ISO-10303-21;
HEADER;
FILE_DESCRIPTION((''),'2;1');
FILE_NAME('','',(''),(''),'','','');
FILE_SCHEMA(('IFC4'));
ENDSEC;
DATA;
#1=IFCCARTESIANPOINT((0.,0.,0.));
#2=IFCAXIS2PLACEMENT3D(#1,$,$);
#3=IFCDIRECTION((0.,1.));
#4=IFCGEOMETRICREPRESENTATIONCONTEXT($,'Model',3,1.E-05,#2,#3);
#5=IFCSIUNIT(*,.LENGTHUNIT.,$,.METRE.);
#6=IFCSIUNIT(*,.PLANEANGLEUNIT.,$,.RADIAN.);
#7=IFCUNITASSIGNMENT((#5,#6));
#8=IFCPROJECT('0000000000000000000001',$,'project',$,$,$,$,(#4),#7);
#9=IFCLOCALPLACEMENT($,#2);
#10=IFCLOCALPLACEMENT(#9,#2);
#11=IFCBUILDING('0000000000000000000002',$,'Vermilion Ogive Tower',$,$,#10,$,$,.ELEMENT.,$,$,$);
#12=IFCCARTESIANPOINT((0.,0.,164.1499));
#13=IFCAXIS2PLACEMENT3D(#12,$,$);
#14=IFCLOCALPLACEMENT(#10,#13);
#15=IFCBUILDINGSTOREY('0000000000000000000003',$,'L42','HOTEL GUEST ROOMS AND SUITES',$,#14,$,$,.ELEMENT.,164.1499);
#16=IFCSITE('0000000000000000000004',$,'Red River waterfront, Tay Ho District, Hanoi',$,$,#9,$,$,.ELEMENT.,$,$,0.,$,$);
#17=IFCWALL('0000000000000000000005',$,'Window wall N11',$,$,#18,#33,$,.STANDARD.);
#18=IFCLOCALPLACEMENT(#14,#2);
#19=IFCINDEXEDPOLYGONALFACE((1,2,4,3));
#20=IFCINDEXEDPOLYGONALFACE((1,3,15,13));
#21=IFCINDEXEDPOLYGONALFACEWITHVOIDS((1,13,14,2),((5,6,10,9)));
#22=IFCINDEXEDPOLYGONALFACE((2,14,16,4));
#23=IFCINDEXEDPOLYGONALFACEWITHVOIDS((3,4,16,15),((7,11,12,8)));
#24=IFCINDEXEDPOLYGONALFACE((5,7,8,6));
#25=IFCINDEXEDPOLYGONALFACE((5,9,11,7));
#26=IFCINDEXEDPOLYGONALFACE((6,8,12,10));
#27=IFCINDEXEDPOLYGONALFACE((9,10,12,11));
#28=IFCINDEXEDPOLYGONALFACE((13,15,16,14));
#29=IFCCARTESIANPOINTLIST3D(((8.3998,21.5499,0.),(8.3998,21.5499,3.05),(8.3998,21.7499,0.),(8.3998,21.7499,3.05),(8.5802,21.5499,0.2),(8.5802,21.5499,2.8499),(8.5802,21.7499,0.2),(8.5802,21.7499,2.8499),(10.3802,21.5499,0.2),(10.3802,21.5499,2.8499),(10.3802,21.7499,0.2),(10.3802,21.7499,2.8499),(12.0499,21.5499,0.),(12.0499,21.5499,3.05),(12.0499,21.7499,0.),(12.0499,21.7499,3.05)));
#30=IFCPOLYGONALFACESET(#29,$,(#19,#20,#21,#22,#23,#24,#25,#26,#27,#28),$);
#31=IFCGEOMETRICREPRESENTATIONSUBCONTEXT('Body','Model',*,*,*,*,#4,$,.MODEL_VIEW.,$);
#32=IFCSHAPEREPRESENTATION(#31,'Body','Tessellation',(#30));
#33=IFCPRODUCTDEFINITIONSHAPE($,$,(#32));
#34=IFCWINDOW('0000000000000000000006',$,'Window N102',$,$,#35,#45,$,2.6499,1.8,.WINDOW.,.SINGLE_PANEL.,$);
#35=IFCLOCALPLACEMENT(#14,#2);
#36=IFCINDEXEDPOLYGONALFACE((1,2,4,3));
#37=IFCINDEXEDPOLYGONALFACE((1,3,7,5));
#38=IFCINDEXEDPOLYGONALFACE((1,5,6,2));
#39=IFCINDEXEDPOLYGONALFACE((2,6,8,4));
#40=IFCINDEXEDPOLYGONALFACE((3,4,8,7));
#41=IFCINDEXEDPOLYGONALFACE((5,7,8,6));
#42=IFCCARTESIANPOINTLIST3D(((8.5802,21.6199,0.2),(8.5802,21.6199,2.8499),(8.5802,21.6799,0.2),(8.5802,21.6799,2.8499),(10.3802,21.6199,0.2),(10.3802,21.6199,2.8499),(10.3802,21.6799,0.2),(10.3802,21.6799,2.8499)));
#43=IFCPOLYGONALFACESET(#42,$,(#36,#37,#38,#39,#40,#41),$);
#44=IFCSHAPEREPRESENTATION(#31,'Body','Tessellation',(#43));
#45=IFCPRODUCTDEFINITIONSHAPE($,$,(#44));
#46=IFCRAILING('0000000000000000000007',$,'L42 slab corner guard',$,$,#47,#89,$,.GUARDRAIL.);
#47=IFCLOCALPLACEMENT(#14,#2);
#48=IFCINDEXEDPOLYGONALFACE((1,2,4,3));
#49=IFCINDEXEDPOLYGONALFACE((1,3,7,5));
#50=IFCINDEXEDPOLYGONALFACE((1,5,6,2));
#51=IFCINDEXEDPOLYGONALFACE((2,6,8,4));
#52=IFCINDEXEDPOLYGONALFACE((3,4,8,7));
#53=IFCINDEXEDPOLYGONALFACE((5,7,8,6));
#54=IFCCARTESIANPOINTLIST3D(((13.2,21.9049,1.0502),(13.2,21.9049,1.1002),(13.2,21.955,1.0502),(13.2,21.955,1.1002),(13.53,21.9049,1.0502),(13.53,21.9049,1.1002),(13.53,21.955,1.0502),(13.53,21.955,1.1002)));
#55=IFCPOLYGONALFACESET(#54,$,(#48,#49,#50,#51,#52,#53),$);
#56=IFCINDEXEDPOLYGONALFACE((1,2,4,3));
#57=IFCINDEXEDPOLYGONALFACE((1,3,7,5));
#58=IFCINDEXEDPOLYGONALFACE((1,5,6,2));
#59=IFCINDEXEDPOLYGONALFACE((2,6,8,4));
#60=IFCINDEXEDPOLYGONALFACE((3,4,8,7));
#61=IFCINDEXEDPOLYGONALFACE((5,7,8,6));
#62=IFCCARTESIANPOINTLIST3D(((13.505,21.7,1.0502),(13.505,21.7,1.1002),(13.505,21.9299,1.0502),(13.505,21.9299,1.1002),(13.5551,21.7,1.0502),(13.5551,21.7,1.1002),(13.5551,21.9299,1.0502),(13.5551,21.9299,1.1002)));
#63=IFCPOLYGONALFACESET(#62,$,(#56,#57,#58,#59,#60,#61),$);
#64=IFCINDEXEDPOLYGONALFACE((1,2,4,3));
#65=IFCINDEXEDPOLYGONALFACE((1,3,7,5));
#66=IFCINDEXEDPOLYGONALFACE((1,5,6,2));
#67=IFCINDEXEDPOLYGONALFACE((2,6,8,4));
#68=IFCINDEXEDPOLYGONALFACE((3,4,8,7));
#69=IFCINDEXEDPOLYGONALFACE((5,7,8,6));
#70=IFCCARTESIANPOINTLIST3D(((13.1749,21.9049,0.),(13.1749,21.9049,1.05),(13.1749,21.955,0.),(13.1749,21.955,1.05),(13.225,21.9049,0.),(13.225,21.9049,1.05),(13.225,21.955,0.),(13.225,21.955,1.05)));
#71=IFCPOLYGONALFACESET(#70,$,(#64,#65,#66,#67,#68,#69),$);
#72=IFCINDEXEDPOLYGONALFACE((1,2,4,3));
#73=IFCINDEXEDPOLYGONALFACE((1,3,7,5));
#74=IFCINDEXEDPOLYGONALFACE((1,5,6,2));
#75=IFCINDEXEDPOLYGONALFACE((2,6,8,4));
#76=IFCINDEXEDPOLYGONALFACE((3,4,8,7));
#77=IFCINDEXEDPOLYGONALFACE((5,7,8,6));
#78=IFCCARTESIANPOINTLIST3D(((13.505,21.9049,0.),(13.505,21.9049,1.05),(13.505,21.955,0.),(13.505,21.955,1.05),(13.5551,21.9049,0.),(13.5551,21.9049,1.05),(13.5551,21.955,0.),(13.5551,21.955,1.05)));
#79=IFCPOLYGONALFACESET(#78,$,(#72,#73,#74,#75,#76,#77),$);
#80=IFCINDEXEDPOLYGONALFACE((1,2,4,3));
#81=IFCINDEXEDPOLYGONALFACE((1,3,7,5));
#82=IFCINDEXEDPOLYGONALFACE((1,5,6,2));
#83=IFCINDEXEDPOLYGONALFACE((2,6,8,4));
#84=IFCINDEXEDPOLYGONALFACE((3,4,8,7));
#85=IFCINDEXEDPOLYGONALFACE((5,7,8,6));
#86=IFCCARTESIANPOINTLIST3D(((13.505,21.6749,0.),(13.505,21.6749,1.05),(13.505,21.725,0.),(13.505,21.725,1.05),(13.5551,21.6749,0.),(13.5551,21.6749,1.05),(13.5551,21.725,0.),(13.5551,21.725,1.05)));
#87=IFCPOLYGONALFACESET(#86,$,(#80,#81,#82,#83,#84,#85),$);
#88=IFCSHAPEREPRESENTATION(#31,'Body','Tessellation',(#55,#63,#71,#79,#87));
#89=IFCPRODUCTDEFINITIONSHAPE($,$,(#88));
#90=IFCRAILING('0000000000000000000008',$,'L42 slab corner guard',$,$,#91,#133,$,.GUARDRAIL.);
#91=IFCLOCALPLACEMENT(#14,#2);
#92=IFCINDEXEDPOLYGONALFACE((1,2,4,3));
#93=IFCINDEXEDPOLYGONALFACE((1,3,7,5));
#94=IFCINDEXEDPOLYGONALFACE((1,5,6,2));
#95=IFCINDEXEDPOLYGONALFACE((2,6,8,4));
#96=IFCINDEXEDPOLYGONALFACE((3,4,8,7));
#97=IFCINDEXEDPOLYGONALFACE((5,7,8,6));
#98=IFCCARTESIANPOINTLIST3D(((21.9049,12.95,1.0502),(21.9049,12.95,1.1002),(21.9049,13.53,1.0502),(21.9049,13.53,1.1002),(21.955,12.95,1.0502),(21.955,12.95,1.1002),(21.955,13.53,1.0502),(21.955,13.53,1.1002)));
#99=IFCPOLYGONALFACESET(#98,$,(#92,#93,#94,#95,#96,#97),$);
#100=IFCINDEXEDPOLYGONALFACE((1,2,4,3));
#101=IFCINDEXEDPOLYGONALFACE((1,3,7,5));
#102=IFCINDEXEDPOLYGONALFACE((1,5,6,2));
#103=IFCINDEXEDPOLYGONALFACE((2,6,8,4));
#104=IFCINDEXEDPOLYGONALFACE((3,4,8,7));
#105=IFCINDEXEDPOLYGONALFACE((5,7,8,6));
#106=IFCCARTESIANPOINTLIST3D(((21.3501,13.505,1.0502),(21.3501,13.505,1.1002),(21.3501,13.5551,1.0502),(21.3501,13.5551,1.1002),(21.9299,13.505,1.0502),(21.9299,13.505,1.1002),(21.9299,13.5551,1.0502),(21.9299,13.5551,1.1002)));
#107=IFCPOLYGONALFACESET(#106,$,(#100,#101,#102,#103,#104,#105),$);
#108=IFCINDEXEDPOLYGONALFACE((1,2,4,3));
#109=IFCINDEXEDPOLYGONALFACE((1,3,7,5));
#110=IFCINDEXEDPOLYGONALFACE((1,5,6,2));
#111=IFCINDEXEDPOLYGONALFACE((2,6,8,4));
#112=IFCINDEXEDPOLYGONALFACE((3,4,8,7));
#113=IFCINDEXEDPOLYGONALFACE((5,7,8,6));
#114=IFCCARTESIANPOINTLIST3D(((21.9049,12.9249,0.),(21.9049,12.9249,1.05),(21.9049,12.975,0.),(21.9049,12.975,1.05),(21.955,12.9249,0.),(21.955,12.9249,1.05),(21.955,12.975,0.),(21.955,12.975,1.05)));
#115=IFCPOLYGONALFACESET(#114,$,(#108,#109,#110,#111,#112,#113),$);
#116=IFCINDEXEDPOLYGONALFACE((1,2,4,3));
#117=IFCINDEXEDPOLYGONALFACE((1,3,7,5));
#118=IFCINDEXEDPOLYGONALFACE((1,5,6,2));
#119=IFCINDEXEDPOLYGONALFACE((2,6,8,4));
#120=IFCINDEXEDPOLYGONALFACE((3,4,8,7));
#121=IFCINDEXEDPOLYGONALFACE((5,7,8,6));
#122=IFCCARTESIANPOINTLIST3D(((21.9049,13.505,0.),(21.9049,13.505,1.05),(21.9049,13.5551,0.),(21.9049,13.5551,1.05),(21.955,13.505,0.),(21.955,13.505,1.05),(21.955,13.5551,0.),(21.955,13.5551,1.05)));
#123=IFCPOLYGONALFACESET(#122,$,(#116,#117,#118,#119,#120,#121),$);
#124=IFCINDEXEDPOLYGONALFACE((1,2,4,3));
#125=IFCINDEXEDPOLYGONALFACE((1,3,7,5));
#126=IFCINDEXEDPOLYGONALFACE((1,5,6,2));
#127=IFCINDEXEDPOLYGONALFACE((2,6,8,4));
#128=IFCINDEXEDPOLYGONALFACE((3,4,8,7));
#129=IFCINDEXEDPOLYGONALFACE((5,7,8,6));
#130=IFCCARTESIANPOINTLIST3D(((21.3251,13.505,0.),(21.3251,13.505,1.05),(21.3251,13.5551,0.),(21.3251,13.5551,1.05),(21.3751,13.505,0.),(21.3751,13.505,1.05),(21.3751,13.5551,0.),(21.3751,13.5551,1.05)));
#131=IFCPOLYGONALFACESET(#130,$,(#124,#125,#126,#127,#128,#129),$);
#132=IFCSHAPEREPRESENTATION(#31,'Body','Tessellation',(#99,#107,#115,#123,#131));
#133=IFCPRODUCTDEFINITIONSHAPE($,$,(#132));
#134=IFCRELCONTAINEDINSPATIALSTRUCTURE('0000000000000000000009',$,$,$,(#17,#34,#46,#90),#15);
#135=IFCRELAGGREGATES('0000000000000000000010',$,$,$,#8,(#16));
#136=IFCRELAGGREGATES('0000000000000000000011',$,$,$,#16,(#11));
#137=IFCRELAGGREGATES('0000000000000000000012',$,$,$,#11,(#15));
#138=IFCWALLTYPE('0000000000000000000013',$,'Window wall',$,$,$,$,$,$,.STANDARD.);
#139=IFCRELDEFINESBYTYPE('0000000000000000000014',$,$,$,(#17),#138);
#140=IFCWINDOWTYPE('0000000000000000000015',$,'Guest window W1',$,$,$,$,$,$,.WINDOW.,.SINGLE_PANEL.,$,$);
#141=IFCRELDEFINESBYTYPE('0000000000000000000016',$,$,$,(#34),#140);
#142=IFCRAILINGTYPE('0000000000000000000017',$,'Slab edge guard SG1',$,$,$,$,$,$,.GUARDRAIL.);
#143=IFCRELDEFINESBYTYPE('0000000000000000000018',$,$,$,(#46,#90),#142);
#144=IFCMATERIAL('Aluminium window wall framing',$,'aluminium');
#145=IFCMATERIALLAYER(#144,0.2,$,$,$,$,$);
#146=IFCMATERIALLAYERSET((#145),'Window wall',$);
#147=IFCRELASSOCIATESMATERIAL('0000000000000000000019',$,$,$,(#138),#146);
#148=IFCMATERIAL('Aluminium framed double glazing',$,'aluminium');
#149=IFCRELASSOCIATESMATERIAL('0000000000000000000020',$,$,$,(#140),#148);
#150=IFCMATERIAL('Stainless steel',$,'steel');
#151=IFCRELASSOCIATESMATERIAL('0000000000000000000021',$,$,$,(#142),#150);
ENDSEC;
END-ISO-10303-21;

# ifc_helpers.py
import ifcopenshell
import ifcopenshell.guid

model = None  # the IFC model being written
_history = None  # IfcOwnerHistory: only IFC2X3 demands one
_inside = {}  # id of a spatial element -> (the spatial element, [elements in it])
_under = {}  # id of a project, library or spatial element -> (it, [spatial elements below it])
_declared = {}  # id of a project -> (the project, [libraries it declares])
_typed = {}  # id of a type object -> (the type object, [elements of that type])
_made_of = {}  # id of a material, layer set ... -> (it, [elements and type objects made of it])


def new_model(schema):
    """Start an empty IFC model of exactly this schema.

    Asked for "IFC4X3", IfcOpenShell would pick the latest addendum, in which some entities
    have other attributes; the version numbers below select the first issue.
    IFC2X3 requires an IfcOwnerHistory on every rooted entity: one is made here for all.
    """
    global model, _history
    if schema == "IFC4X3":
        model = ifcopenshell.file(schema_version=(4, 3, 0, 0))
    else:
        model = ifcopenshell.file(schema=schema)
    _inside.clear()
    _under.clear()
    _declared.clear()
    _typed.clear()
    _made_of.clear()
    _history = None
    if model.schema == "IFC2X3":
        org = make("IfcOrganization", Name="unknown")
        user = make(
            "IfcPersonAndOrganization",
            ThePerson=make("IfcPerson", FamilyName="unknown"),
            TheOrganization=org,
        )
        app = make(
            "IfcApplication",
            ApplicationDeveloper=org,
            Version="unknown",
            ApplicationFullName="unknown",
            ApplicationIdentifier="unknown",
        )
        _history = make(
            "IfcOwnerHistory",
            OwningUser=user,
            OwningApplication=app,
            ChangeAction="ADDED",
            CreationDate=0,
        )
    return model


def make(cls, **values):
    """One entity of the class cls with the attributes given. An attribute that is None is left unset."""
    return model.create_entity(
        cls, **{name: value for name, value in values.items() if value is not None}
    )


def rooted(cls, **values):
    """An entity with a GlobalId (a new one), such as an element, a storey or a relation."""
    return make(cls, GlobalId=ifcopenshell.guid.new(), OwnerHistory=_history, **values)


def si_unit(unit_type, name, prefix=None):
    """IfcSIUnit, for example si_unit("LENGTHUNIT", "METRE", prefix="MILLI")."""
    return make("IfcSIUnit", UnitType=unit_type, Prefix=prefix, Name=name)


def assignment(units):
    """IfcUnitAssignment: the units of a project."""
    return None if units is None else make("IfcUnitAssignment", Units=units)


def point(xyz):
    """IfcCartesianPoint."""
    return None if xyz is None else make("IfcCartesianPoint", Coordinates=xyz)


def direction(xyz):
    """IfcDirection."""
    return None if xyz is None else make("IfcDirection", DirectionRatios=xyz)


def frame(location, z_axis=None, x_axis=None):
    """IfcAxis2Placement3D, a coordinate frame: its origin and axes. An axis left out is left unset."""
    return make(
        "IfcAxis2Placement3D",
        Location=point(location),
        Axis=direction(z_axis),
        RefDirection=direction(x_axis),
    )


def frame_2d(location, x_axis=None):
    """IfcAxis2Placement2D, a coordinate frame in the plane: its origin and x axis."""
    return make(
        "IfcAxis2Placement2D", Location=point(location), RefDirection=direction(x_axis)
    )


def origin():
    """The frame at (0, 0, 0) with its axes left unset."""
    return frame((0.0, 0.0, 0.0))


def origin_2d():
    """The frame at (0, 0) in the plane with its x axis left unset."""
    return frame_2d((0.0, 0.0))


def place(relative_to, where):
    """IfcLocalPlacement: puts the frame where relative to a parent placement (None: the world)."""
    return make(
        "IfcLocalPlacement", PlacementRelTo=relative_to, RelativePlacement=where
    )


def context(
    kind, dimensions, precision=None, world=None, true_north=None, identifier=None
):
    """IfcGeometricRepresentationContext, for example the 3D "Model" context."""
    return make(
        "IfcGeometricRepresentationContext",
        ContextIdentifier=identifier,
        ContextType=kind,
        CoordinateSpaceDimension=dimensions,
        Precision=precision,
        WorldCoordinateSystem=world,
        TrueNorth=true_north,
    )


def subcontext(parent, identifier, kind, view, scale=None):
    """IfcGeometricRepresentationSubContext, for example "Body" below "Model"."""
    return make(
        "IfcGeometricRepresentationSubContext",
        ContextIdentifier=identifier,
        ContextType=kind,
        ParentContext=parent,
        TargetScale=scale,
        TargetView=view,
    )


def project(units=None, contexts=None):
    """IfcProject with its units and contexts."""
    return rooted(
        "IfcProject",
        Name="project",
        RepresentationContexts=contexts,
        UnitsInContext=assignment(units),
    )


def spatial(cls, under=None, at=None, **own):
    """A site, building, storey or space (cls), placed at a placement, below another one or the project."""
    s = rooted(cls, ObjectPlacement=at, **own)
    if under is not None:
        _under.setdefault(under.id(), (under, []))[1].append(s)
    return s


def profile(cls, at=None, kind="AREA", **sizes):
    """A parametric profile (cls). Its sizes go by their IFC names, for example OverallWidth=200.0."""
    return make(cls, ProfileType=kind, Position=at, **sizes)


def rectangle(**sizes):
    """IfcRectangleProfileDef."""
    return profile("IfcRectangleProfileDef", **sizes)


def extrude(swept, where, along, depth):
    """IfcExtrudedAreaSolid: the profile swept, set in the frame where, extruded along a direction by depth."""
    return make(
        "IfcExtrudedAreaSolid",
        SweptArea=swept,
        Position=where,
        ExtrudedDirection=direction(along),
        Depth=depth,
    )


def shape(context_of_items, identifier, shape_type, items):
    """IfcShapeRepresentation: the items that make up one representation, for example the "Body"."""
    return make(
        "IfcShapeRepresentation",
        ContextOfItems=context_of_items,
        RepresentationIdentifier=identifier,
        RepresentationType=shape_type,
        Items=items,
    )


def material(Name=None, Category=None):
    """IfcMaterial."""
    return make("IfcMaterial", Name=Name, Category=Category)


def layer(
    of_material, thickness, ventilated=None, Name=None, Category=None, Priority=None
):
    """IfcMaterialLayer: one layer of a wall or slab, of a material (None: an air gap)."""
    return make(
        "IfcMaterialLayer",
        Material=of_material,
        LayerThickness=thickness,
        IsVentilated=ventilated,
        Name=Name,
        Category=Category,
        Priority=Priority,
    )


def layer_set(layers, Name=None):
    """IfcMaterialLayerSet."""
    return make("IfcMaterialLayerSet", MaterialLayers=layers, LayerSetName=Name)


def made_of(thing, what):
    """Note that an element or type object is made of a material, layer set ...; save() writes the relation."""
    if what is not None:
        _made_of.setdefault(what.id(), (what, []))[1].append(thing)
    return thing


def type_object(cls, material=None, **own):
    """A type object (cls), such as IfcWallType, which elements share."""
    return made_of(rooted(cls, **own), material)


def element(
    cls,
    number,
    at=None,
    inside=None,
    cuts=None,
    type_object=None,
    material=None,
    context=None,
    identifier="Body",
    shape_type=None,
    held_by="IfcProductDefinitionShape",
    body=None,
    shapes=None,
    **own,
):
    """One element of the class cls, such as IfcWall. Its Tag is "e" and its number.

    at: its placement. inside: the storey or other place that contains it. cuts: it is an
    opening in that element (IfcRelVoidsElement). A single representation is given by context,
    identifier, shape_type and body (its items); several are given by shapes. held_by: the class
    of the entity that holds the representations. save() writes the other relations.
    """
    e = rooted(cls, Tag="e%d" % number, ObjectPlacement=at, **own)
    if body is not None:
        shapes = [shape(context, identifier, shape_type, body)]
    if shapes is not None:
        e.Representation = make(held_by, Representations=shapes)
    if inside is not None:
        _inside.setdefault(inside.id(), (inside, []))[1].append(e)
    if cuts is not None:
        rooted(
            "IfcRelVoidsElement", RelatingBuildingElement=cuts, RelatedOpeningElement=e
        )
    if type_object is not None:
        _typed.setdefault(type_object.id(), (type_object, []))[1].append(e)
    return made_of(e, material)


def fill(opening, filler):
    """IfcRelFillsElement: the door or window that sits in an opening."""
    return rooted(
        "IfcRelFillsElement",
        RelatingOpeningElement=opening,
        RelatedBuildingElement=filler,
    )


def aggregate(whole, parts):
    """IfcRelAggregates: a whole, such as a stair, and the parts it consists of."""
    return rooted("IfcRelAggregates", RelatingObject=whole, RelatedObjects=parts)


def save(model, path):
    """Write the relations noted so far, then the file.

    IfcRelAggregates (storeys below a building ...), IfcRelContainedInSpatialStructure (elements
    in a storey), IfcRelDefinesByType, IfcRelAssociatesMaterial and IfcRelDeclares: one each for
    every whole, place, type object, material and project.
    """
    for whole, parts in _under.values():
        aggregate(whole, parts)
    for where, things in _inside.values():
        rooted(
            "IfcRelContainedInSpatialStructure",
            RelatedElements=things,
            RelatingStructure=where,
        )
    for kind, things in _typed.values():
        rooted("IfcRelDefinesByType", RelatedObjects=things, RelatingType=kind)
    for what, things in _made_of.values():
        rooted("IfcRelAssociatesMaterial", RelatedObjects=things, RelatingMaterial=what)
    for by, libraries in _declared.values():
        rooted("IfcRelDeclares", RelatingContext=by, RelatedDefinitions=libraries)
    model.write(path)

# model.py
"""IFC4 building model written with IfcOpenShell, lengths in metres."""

from ifc_helpers import new_model, si_unit, direction, frame, frame_2d, origin, origin_2d, place, context, subcontext, project, spatial, rectangle, extrude, material, layer, layer_set, type_object, element, fill, save


model = new_model("IFC4")

# Units and contexts
model_context = context("Model", 3, precision=1e-05, world=origin(), true_north=direction((0.0, 1.0)))
body_context = subcontext(model_context, "Body", "Model", "MODEL_VIEW")
ifc_project = project(units=[si_unit("LENGTHUNIT", "METRE"), si_unit("PLANEANGLEUNIT", "RADIAN")], contexts=[model_context])

# Site, building, storey
site_placement = place(None, origin())
site = spatial("IfcSite", under=ifc_project, at=site_placement, Name="Red River waterfront, Tay Ho District, Hanoi", CompositionType="ELEMENT", RefElevation=0.0)
building_placement = place(site_placement, origin())
building = spatial("IfcBuilding", under=site, at=building_placement, Name="Vermilion Ogive Tower", CompositionType="ELEMENT")
storey_placement = place(building_placement, frame((0.0, 0.0, 164.1499)))
storey = spatial("IfcBuildingStorey", under=building, at=storey_placement, Name="L42", Description="HOTEL GUEST ROOMS AND SUITES", CompositionType="ELEMENT", Elevation=164.1499)

# Shared definitions
ifc_material_1 = material(Name="Aluminium window wall framing", Category="aluminium")
ifc_layer_1 = layer(ifc_material_1, 0.2)
ifc_layer_set_1 = layer_set([ifc_layer_1], Name="Window wall")
wall_type_1 = type_object("IfcWallType", Name="Window wall", PredefinedType="STANDARD", material=ifc_layer_set_1)

# Shared definitions
ifc_material_2 = material(Name="Aluminium framed double glazing", Category="aluminium")
window_type = type_object("IfcWindowType", Name="Guest window W1", PartitioningType="SINGLE_PANEL", PredefinedType="WINDOW", material=ifc_material_2)

# Wall, opening, window
wall_1_placement = place(storey_placement, frame((12.05, 21.6499, 0.0), z_axis=(0.0, 0.0, 1.0), x_axis=(-1.0, 0.0, 0.0)))
wall_1 = element("IfcWall", 1, at=wall_1_placement, inside=storey, type_object=wall_type_1, Name="Window wall N11", PredefinedType="STANDARD", context=body_context, shape_type="SweptSolid", body=[
    extrude(rectangle(XDim=3.6501, YDim=0.2, at=frame_2d((1.8252, 0.0))), origin(), (0.0, 0.0, 1.0), 3.05),
])
opening_1_placement = place(wall_1_placement, frame((1.6699, 0.0, 0.2)))
opening_1 = element("IfcOpeningElement", 2, at=opening_1_placement, cuts=wall_1, PredefinedType="OPENING", context=body_context, shape_type="SweptSolid", body=[
    extrude(rectangle(XDim=1.8, YDim=2.6499, at=frame_2d((0.8999, 1.325))), frame((0.0, 0.1099, 0.0), z_axis=(0.0, -1.0, 0.0), x_axis=(1.0, 0.0, 0.0)), (0.0, 0.0, 1.0), 0.22),
])
window_1_placement = place(opening_1_placement, origin())
window_1 = element("IfcWindow", 3, at=window_1_placement, inside=storey, type_object=window_type, Name="Window N102", OverallHeight=2.6499, OverallWidth=1.8, PartitioningType="SINGLE_PANEL", PredefinedType="WINDOW", context=body_context, shape_type="SweptSolid", body=[
    extrude(rectangle(XDim=1.8, YDim=2.6499, at=frame_2d((0.8999, 1.325))), frame((0.0, 0.03, 0.0), z_axis=(0.0, -1.0, 0.0), x_axis=(1.0, 0.0, 0.0)), (0.0, 0.0, 1.0), 0.0601),
])
fill(opening_1, window_1)

# Railings
ifc_material_3 = material(Name="Stainless steel", Category="steel")
railing_type = type_object("IfcRailingType", Name="Slab edge guard SG1", PredefinedType="GUARDRAIL", material=ifc_material_3)
railing_1_placement = place(storey_placement, frame((13.2, 21.9299, 0.0)))
element("IfcRailing", 4, at=railing_1_placement, inside=storey, type_object=railing_type, Name="L42 slab corner guard", PredefinedType="GUARDRAIL", context=body_context, shape_type="SweptSolid", body=[
    extrude(rectangle(XDim=0.05, YDim=0.05, at=origin_2d()), frame((0.0, 0.0, 1.0752), z_axis=(1.0, 0.0, 0.0), x_axis=(0.0, 1.0, 0.0)), (0.0, 0.0, 1.0), 0.3301),
    extrude(rectangle(XDim=0.05, YDim=0.05, at=origin_2d()), frame((0.3301, 0.0, 1.0752), z_axis=(0.0, -1.0, 0.0), x_axis=(1.0, 0.0, 0.0)), (0.0, 0.0, 1.0), 0.23),
    extrude(rectangle(XDim=0.05, YDim=0.05, at=origin_2d()), origin(), (0.0, 0.0, 1.0), 1.05),
    extrude(rectangle(XDim=0.05, YDim=0.05, at=origin_2d()), frame((0.3301, 0.0, 0.0)), (0.0, 0.0, 1.0), 1.05),
    extrude(rectangle(XDim=0.05, YDim=0.05, at=origin_2d()), frame((0.3301, -0.23, 0.0)), (0.0, 0.0, 1.0), 1.05),
])
railing_2_placement = place(storey_placement, frame((21.9299, 12.95, 0.0)))
element("IfcRailing", 5, at=railing_2_placement, inside=storey, type_object=railing_type, Name="L42 slab corner guard", PredefinedType="GUARDRAIL", context=body_context, shape_type="SweptSolid", body=[
    extrude(rectangle(XDim=0.05, YDim=0.05, at=origin_2d()), frame((0.0, 0.0, 1.0752), z_axis=(0.0, 1.0, 0.0), x_axis=(-1.0, 0.0, 0.0)), (0.0, 0.0, 1.0), 0.5801),
    extrude(rectangle(XDim=0.05, YDim=0.05, at=origin_2d()), frame((0.0, 0.5801, 1.0752), z_axis=(-1.0, 0.0, 0.0), x_axis=(0.0, -1.0, 0.0)), (0.0, 0.0, 1.0), 0.5798),
    extrude(rectangle(XDim=0.05, YDim=0.05, at=origin_2d()), origin(), (0.0, 0.0, 1.0), 1.05),
    extrude(rectangle(XDim=0.05, YDim=0.05, at=origin_2d()), frame((0.0, 0.5801, 0.0)), (0.0, 0.0, 1.0), 1.05),
    extrude(rectangle(XDim=0.05, YDim=0.05, at=origin_2d()), frame((-0.5798, 0.5801, 0.0)), (0.0, 0.0, 1.0), 1.05),
])

save(model, "model.ifc")
